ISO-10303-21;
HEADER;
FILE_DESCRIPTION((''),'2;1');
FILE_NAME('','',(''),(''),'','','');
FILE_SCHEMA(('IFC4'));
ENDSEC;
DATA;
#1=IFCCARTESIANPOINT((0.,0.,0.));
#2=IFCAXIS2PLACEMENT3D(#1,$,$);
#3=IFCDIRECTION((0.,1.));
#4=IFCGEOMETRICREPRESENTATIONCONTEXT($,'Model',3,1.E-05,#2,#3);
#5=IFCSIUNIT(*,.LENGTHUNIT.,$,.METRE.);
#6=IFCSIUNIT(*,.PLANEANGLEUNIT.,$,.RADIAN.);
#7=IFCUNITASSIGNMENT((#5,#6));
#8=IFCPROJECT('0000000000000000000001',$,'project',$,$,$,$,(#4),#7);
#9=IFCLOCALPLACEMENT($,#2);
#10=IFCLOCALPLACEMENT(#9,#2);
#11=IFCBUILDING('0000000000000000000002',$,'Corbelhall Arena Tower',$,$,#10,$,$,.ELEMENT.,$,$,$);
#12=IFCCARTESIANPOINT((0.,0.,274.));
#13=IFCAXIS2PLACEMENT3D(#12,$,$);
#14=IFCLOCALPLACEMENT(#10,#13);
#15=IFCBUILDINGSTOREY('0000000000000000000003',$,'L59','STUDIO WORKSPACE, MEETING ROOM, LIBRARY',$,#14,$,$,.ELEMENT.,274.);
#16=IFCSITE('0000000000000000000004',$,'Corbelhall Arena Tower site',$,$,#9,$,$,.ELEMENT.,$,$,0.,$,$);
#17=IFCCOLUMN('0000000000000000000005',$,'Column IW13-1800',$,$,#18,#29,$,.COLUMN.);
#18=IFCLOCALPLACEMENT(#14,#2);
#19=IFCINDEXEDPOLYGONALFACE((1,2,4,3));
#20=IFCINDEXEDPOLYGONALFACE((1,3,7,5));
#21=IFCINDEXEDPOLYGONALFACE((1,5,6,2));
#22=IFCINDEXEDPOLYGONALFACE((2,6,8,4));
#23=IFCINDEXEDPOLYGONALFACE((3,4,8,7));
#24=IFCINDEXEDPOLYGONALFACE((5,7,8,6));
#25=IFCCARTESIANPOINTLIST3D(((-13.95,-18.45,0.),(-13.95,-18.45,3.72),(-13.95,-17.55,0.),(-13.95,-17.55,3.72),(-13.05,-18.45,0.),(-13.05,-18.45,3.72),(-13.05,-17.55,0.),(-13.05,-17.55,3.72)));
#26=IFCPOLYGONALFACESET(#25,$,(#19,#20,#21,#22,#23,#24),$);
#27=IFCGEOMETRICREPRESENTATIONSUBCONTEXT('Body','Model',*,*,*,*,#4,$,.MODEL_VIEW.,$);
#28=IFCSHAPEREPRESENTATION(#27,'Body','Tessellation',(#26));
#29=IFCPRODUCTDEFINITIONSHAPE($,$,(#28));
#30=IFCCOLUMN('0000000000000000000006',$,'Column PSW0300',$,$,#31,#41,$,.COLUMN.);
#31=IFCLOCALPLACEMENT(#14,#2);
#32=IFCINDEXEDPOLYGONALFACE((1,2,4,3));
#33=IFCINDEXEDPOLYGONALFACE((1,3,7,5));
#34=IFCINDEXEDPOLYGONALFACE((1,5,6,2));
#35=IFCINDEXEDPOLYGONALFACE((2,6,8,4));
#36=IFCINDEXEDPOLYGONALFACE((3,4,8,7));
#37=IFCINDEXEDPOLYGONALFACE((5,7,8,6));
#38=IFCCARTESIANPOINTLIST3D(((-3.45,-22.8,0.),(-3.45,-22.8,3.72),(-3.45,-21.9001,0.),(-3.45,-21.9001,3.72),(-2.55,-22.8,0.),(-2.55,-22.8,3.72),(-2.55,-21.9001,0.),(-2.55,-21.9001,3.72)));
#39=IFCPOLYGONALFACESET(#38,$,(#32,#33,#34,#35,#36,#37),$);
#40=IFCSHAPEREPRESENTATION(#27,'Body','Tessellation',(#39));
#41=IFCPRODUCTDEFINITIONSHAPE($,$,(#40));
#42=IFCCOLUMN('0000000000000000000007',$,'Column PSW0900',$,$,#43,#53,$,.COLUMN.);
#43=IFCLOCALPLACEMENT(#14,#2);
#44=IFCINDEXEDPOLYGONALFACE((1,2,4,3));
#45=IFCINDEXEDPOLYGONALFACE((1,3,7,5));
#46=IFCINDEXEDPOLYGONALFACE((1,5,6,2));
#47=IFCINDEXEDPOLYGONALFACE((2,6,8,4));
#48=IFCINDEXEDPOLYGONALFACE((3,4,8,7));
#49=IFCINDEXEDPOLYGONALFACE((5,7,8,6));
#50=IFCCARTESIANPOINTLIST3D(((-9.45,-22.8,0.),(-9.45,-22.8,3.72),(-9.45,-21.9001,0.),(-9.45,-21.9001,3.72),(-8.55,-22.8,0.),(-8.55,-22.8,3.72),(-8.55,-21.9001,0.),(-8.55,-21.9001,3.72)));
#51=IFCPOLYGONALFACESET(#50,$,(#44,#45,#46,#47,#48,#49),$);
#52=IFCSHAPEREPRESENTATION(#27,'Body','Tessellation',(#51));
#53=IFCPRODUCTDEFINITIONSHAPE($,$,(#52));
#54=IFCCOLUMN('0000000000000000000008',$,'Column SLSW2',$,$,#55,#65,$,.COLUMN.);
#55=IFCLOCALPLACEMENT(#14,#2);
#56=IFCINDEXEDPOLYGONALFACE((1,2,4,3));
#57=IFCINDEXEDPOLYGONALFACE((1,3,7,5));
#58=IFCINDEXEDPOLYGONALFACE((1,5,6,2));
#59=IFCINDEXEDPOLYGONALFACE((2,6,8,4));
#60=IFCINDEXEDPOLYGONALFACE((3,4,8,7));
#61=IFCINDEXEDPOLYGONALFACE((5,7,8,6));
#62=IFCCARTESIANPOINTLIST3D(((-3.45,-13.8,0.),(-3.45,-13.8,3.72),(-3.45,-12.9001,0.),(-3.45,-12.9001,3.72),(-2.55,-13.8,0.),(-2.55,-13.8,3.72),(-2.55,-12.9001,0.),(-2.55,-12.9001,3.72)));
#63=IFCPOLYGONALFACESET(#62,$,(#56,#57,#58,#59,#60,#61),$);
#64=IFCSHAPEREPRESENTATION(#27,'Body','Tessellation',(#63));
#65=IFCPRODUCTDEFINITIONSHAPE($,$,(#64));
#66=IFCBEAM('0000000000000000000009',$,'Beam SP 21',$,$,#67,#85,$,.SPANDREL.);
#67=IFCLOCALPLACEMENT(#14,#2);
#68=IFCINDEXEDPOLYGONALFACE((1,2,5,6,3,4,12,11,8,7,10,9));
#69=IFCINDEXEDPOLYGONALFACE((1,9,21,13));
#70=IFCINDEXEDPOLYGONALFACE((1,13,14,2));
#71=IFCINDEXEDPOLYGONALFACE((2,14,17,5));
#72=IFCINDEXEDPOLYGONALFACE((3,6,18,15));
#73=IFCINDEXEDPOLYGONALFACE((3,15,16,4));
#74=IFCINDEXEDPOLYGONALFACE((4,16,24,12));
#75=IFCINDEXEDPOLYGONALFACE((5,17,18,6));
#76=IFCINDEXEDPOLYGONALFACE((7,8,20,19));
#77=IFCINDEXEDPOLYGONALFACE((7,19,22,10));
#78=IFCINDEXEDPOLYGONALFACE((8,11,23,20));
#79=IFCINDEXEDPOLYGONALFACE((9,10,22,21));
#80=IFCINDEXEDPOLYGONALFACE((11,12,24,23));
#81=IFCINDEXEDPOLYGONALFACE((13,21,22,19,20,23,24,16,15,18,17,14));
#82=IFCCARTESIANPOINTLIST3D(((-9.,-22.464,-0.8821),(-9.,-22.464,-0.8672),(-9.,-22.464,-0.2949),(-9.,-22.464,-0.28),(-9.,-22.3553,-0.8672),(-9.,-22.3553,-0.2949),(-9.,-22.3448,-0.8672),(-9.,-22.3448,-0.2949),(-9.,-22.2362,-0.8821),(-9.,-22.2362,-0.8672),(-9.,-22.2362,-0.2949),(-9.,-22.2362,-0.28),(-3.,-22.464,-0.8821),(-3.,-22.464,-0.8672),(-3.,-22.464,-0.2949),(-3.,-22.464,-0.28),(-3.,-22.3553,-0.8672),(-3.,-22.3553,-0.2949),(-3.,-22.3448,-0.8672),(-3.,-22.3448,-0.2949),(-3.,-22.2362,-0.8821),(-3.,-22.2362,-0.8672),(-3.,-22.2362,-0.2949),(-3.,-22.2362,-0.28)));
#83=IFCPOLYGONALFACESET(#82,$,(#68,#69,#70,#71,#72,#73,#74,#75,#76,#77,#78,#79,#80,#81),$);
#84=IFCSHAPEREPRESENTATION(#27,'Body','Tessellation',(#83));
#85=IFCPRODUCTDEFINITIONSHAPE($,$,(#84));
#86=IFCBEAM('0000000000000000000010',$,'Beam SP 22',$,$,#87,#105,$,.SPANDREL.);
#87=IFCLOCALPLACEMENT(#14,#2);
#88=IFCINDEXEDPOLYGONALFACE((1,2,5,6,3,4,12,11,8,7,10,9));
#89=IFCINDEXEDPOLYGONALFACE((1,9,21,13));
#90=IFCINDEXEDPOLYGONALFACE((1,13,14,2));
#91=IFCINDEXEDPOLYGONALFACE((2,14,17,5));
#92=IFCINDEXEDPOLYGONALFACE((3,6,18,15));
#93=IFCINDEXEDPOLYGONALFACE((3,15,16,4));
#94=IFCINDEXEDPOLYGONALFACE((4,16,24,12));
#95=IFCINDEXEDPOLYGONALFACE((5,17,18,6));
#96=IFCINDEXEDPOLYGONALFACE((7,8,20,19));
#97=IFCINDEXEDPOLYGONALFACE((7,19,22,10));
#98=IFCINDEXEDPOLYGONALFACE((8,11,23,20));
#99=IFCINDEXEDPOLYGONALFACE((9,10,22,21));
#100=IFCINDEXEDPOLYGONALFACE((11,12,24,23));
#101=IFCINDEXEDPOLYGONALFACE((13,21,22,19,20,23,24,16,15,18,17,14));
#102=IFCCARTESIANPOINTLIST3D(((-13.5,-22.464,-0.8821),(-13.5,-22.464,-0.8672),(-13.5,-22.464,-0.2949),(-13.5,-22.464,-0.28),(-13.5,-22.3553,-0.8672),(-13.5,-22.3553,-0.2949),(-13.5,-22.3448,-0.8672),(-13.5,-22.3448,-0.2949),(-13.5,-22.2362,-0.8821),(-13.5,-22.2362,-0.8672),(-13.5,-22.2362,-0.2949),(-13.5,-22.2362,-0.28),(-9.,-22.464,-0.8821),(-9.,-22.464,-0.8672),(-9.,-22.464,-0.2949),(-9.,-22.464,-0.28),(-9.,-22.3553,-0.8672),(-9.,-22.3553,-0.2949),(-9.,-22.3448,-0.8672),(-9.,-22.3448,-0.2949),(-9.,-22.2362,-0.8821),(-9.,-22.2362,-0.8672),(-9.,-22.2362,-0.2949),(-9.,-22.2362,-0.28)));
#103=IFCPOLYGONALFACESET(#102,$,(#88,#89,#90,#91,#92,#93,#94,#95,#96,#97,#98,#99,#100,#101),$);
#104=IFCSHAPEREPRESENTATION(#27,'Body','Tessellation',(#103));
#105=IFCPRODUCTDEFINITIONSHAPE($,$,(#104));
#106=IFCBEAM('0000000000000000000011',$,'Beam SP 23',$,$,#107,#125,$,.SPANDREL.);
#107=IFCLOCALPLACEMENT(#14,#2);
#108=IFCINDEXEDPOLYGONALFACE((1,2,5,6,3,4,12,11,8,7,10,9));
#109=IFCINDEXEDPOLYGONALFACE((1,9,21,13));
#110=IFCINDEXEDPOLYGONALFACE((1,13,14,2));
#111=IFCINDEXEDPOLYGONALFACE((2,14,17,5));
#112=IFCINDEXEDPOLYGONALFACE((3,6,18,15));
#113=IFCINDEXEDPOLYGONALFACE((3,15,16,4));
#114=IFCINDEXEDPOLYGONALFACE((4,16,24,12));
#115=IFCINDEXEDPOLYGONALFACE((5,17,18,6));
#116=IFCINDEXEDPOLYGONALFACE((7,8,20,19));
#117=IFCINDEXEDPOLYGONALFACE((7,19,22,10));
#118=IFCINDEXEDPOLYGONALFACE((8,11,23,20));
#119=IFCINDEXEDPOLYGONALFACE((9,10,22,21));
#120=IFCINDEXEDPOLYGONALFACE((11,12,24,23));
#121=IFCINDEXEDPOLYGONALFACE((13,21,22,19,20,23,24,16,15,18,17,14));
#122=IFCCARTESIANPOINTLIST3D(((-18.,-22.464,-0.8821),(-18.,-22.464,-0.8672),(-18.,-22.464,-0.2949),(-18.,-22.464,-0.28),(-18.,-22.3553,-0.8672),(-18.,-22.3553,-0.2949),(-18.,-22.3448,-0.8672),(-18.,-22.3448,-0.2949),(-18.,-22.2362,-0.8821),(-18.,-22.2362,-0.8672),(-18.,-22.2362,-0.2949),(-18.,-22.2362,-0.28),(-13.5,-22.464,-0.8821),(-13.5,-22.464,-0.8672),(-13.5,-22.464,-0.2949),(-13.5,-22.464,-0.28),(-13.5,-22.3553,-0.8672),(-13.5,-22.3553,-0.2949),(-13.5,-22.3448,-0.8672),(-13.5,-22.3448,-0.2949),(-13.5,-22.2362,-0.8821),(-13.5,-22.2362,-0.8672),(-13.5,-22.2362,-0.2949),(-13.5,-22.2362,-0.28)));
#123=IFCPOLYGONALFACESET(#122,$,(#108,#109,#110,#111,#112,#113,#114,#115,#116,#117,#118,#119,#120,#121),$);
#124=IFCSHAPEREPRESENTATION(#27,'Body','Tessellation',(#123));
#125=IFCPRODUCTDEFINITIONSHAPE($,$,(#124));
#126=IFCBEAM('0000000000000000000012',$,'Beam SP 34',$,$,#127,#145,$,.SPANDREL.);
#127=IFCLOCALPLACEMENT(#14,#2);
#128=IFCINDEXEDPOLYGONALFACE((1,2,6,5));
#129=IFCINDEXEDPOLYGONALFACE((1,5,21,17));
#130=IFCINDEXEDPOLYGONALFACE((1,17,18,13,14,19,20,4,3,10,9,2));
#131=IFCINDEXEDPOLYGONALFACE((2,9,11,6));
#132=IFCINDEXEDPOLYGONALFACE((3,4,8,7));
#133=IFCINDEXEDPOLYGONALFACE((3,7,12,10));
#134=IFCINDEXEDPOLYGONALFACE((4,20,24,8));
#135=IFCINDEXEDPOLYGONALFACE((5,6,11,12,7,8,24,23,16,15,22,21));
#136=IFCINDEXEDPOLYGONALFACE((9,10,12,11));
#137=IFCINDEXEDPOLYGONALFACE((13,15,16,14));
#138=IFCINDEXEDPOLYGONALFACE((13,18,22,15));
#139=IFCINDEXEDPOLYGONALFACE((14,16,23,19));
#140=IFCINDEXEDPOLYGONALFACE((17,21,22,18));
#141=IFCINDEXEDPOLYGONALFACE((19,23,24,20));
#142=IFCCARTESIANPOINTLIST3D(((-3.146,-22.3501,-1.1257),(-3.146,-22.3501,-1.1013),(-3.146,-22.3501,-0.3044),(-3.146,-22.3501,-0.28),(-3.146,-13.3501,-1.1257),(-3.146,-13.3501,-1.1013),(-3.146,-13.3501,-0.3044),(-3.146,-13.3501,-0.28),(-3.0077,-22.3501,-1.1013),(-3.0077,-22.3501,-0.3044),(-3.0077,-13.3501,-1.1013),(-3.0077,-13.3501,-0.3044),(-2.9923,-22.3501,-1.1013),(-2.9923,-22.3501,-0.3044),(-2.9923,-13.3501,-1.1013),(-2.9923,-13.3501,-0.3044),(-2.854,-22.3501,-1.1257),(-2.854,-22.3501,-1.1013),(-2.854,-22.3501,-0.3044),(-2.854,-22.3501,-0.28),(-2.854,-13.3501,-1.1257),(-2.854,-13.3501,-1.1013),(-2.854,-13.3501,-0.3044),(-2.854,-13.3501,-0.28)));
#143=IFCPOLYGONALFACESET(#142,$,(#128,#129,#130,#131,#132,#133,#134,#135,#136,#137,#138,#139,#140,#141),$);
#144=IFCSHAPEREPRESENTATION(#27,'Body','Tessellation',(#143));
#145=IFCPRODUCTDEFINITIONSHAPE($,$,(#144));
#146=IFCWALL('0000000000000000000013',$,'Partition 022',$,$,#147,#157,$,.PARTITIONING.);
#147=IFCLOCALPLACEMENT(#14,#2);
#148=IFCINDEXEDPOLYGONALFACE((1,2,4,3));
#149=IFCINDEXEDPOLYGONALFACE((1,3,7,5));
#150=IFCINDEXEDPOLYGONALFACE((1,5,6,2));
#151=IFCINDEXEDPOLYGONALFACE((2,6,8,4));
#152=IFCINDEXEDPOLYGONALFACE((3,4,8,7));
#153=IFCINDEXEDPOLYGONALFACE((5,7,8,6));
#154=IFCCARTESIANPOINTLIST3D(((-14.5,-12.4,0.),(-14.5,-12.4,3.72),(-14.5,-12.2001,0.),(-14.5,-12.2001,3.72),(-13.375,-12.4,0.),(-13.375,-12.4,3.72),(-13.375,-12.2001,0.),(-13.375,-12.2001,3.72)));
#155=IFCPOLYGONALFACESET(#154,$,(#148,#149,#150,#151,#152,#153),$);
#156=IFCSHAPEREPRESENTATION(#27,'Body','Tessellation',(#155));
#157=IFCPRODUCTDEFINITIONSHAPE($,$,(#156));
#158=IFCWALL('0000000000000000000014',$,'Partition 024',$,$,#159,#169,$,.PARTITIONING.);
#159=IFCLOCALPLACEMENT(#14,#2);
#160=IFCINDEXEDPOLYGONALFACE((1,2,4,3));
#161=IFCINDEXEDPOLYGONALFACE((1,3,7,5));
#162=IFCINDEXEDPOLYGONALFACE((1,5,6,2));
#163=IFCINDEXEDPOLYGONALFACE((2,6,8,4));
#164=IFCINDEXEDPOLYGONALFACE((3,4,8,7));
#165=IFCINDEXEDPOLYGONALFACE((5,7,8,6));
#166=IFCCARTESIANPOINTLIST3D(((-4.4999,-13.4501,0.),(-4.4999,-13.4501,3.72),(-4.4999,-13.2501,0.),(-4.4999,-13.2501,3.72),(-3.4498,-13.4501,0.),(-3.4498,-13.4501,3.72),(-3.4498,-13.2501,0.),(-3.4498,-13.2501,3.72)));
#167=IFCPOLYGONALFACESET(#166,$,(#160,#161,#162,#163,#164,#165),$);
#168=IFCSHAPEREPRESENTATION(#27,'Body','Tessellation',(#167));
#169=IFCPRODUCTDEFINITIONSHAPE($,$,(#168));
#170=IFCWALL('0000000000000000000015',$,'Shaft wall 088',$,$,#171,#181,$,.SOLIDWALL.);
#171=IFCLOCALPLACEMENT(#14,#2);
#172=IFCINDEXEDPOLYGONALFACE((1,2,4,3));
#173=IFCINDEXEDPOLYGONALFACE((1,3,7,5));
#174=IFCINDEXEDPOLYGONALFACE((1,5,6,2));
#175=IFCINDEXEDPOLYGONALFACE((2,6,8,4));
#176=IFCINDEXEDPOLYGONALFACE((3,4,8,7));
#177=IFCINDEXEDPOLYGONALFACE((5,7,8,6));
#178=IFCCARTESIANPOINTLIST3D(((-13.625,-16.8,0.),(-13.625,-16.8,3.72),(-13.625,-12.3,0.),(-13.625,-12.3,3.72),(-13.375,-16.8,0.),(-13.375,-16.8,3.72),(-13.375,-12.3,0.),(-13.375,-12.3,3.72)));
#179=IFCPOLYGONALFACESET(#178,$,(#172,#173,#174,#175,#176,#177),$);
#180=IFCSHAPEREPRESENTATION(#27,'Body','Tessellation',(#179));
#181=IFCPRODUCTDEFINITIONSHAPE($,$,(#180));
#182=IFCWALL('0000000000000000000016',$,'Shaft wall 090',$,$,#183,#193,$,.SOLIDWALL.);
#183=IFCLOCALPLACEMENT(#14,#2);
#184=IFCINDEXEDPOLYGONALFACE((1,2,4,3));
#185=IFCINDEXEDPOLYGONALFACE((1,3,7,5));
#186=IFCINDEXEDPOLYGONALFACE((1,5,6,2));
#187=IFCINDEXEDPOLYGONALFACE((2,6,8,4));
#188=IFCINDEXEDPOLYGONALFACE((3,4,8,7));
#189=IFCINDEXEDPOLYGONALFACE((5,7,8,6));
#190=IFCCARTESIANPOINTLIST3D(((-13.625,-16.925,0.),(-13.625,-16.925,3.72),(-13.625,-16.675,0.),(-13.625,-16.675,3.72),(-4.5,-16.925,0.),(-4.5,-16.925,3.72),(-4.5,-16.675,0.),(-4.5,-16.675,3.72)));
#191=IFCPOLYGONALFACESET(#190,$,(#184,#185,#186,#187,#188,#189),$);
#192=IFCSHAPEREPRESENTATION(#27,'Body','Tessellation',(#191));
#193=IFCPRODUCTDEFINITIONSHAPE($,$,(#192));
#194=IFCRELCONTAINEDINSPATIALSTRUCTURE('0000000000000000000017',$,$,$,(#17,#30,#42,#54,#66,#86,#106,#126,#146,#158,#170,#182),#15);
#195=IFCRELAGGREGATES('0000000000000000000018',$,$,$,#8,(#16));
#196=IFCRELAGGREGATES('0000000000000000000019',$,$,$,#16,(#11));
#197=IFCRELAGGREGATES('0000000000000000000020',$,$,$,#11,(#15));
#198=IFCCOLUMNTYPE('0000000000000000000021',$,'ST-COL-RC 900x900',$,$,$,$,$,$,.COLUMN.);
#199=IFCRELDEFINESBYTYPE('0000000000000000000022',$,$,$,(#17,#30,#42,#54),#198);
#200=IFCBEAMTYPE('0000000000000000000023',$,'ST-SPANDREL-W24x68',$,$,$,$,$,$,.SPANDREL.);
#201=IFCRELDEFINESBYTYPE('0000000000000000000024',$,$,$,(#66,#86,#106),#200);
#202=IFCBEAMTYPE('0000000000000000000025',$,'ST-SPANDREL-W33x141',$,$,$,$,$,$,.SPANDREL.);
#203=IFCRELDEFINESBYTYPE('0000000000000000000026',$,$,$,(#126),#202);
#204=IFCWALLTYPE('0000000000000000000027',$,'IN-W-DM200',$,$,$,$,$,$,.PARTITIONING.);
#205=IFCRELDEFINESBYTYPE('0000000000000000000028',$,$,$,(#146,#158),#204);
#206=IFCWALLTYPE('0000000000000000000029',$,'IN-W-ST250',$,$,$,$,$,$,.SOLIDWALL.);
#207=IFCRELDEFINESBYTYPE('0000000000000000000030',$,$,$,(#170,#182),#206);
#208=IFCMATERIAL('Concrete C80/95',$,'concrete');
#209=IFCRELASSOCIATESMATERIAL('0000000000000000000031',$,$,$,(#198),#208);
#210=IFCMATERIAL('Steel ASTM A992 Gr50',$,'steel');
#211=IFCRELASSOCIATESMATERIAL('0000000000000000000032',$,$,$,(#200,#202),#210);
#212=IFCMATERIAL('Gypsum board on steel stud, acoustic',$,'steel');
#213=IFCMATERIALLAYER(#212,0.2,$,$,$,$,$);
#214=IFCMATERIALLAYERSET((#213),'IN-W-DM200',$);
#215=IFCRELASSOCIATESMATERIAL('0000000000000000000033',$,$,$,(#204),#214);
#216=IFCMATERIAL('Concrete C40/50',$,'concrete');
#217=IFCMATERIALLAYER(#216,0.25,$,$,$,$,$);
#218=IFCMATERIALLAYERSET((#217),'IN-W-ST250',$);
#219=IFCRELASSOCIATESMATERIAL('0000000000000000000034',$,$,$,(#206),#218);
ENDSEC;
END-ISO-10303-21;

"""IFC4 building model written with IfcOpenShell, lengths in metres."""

from ifc_helpers import new_model, si_unit, direction, frame, frame_2d, origin, origin_2d, place, context, subcontext, project, spatial, rectangle, i_section, extrude, material, layer, layer_set, material_profile, profile_set, type_object, element, save


model = new_model("IFC4")

# Units and contexts
model_context = context("Model", 3, precision=1e-05, world=origin(), true_north=direction((0.0, 1.0)))
body_context = subcontext(model_context, "Body", "Model", "MODEL_VIEW")
ifc_project = project(units=[si_unit("LENGTHUNIT", "METRE"), si_unit("PLANEANGLEUNIT", "RADIAN")], contexts=[model_context])

# Site, building, storey
site_placement = place(None, origin())
site = spatial("IfcSite", under=ifc_project, at=site_placement, Name="Corbelhall Arena Tower site", CompositionType="ELEMENT", RefElevation=0.0)
building_placement = place(site_placement, origin())
building = spatial("IfcBuilding", under=site, at=building_placement, Name="Corbelhall Arena Tower", CompositionType="ELEMENT")
storey_placement = place(building_placement, frame((0.0, 0.0, 274.0)))
storey = spatial("IfcBuildingStorey", under=building, at=storey_placement, Name="L59", Description="STUDIO WORKSPACE, MEETING ROOM, LIBRARY", CompositionType="ELEMENT", Elevation=274.0)

# Columns
ifc_material_1 = material(Name="Concrete C80/95", Category="concrete")
ifc_material_profile_1 = material_profile(ifc_material_1, rectangle(XDim=0.8999, YDim=0.8999, at=origin_2d()))
ifc_profile_set_1 = profile_set([ifc_material_profile_1], Name="Concrete C80/95")
column_type = type_object("IfcColumnType", Name="ST-COL-RC 900x900", PredefinedType="COLUMN", material=ifc_profile_set_1)
for number, where, z_axis, x_axis, name in (
    (1, (-13.5, -18.0, 0.0), (0.0, 0.0, 1.0), (1.0, 0.0, 0.0), "Column IW13-1800"),
    (2, (-3.0, -22.3501, 0.0), (0.0, 0.0, 1.0), (1.0, 0.0, 0.0), "Column PSW0300"),
    (3, (-9.0, -22.3501, 0.0), (0.0, 0.0, 1.0), (1.0, 0.0, 0.0), "Column PSW0900"),
    (4, (-3.0, -13.3501, 0.0), (0.0, 0.0, 1.0), (1.0, 0.0, 0.0), "Column SLSW2"),
):
    element("IfcColumn", number, at=place(storey_placement, frame(where, z_axis=z_axis, x_axis=x_axis)), inside=storey, type_object=column_type, Name=name, PredefinedType="COLUMN", context=body_context, shape_type="SweptSolid", body=[
        extrude(rectangle(XDim=0.8999, YDim=0.8999, at=origin_2d()), origin(), (0.0, 0.0, 1.0), 3.72),
    ])

# Beams
ifc_material_2 = material(Name="Steel ASTM A992 Gr50", Category="steel")
ifc_material_profile_2 = material_profile(ifc_material_2, i_section(OverallWidth=0.2278, OverallDepth=0.6021, WebThickness=0.0105, FlangeThickness=0.0149, at=origin_2d()))
ifc_profile_set_2 = profile_set([ifc_material_profile_2], Name="Steel ASTM A992 Gr50")
beam_type_1 = type_object("IfcBeamType", Name="ST-SPANDREL-W24x68", PredefinedType="SPANDREL", material=ifc_profile_set_2)
beam_1_placement = place(storey_placement, frame((-3.0, -22.3501, -0.5811), z_axis=(-1.0, 0.0, 0.0), x_axis=(0.0, -1.0, 0.0)))
element("IfcBeam", 5, at=beam_1_placement, inside=storey, type_object=beam_type_1, Name="Beam SP 21", PredefinedType="SPANDREL", context=body_context, shape_type="SweptSolid", body=[
    extrude(i_section(OverallWidth=0.2278, OverallDepth=0.6021, WebThickness=0.0105, FlangeThickness=0.0149, at=origin_2d()), origin(), (0.0, 0.0, 1.0), 6.0),
])
for number, where, z_axis, x_axis, name in (
    (6, (-9.0, -22.3501, -0.5811), (-1.0, 0.0, 0.0), (0.0, -1.0, 0.0), "Beam SP 22"),
    (7, (-13.5, -22.3501, -0.5811), (-1.0, 0.0, 0.0), (0.0, -1.0, 0.0), "Beam SP 23"),
):
    element("IfcBeam", number, at=place(storey_placement, frame(where, z_axis=z_axis, x_axis=x_axis)), inside=storey, type_object=beam_type_1, Name=name, PredefinedType="SPANDREL", context=body_context, shape_type="SweptSolid", body=[
        extrude(i_section(OverallWidth=0.2278, OverallDepth=0.6021, WebThickness=0.0105, FlangeThickness=0.0149, at=origin_2d()), origin(), (0.0, 0.0, 1.0), 4.5),
    ])
ifc_material_profile_3 = material_profile(ifc_material_2, i_section(OverallWidth=0.292, OverallDepth=0.8457, WebThickness=0.0154, FlangeThickness=0.0244, at=origin_2d()))
ifc_profile_set_3 = profile_set([ifc_material_profile_3], Name="Steel ASTM A992 Gr50")
beam_type_2 = type_object("IfcBeamType", Name="ST-SPANDREL-W33x141", PredefinedType="SPANDREL", material=ifc_profile_set_3)
beam_2_placement = place(storey_placement, frame((-3.0, -13.3501, -0.7029), z_axis=(0.0, -1.0, 0.0), x_axis=(1.0, 0.0, 0.0)))
element("IfcBeam", 8, at=beam_2_placement, inside=storey, type_object=beam_type_2, Name="Beam SP 34", PredefinedType="SPANDREL", context=body_context, shape_type="SweptSolid", body=[
    extrude(i_section(OverallWidth=0.292, OverallDepth=0.8457, WebThickness=0.0154, FlangeThickness=0.0244, at=origin_2d()), origin(), (0.0, 0.0, 1.0), 9.0),
])

# Walls
ifc_material_3 = material(Name="Gypsum board on steel stud, acoustic", Category="steel")
ifc_layer_1 = layer(ifc_material_3, 0.2)
ifc_layer_set_1 = layer_set([ifc_layer_1], Name="IN-W-DM200")
wall_type_1 = type_object("IfcWallType", Name="IN-W-DM200", PredefinedType="PARTITIONING", material=ifc_layer_set_1)
wall_1_placement = place(storey_placement, frame((-13.375, -12.3, 0.0), z_axis=(0.0, 0.0, 1.0), x_axis=(-1.0, 0.0, 0.0)))
element("IfcWall", 9, at=wall_1_placement, inside=storey, type_object=wall_type_1, Name="Partition 022", PredefinedType="PARTITIONING", context=body_context, shape_type="SweptSolid", body=[
    extrude(rectangle(XDim=1.125, YDim=0.2, at=frame_2d((0.5625, 0.0))), origin(), (0.0, 0.0, 1.0), 3.72),
])
wall_2_placement = place(storey_placement, frame((-3.45, -13.3501, 0.0), z_axis=(0.0, 0.0, 1.0), x_axis=(-1.0, 0.0, 0.0)))
element("IfcWall", 10, at=wall_2_placement, inside=storey, type_object=wall_type_1, Name="Partition 024", PredefinedType="PARTITIONING", context=body_context, shape_type="SweptSolid", body=[
    extrude(rectangle(XDim=1.05, YDim=0.2, at=frame_2d((0.5249, 0.0))), origin(), (0.0, 0.0, 1.0), 3.72),
])
ifc_material_4 = material(Name="Concrete C40/50", Category="concrete")
ifc_layer_2 = layer(ifc_material_4, 0.25)
ifc_layer_set_2 = layer_set([ifc_layer_2], Name="IN-W-ST250")
wall_type_2 = type_object("IfcWallType", Name="IN-W-ST250", PredefinedType="SOLIDWALL", material=ifc_layer_set_2)
wall_3_placement = place(storey_placement, frame((-13.5, -16.8, 0.0), z_axis=(0.0, 0.0, 1.0), x_axis=(0.0, 1.0, 0.0)))
element("IfcWall", 11, at=wall_3_placement, inside=storey, type_object=wall_type_2, Name="Shaft wall 088", PredefinedType="SOLIDWALL", context=body_context, shape_type="SweptSolid", body=[
    extrude(rectangle(XDim=4.5, YDim=0.25, at=frame_2d((2.25, 0.0))), origin(), (0.0, 0.0, 1.0), 3.72),
])
wall_4_placement = place(storey_placement, frame((-4.5, -16.8, 0.0), z_axis=(0.0, 0.0, 1.0), x_axis=(-1.0, 0.0, 0.0)))
element("IfcWall", 12, at=wall_4_placement, inside=storey, type_object=wall_type_2, Name="Shaft wall 090", PredefinedType="SOLIDWALL", context=body_context, shape_type="SweptSolid", body=[
    extrude(rectangle(XDim=9.125, YDim=0.25, at=frame_2d((4.5625, 0.0))), origin(), (0.0, 0.0, 1.0), 3.72),
])

save(model, "model.ifc")
